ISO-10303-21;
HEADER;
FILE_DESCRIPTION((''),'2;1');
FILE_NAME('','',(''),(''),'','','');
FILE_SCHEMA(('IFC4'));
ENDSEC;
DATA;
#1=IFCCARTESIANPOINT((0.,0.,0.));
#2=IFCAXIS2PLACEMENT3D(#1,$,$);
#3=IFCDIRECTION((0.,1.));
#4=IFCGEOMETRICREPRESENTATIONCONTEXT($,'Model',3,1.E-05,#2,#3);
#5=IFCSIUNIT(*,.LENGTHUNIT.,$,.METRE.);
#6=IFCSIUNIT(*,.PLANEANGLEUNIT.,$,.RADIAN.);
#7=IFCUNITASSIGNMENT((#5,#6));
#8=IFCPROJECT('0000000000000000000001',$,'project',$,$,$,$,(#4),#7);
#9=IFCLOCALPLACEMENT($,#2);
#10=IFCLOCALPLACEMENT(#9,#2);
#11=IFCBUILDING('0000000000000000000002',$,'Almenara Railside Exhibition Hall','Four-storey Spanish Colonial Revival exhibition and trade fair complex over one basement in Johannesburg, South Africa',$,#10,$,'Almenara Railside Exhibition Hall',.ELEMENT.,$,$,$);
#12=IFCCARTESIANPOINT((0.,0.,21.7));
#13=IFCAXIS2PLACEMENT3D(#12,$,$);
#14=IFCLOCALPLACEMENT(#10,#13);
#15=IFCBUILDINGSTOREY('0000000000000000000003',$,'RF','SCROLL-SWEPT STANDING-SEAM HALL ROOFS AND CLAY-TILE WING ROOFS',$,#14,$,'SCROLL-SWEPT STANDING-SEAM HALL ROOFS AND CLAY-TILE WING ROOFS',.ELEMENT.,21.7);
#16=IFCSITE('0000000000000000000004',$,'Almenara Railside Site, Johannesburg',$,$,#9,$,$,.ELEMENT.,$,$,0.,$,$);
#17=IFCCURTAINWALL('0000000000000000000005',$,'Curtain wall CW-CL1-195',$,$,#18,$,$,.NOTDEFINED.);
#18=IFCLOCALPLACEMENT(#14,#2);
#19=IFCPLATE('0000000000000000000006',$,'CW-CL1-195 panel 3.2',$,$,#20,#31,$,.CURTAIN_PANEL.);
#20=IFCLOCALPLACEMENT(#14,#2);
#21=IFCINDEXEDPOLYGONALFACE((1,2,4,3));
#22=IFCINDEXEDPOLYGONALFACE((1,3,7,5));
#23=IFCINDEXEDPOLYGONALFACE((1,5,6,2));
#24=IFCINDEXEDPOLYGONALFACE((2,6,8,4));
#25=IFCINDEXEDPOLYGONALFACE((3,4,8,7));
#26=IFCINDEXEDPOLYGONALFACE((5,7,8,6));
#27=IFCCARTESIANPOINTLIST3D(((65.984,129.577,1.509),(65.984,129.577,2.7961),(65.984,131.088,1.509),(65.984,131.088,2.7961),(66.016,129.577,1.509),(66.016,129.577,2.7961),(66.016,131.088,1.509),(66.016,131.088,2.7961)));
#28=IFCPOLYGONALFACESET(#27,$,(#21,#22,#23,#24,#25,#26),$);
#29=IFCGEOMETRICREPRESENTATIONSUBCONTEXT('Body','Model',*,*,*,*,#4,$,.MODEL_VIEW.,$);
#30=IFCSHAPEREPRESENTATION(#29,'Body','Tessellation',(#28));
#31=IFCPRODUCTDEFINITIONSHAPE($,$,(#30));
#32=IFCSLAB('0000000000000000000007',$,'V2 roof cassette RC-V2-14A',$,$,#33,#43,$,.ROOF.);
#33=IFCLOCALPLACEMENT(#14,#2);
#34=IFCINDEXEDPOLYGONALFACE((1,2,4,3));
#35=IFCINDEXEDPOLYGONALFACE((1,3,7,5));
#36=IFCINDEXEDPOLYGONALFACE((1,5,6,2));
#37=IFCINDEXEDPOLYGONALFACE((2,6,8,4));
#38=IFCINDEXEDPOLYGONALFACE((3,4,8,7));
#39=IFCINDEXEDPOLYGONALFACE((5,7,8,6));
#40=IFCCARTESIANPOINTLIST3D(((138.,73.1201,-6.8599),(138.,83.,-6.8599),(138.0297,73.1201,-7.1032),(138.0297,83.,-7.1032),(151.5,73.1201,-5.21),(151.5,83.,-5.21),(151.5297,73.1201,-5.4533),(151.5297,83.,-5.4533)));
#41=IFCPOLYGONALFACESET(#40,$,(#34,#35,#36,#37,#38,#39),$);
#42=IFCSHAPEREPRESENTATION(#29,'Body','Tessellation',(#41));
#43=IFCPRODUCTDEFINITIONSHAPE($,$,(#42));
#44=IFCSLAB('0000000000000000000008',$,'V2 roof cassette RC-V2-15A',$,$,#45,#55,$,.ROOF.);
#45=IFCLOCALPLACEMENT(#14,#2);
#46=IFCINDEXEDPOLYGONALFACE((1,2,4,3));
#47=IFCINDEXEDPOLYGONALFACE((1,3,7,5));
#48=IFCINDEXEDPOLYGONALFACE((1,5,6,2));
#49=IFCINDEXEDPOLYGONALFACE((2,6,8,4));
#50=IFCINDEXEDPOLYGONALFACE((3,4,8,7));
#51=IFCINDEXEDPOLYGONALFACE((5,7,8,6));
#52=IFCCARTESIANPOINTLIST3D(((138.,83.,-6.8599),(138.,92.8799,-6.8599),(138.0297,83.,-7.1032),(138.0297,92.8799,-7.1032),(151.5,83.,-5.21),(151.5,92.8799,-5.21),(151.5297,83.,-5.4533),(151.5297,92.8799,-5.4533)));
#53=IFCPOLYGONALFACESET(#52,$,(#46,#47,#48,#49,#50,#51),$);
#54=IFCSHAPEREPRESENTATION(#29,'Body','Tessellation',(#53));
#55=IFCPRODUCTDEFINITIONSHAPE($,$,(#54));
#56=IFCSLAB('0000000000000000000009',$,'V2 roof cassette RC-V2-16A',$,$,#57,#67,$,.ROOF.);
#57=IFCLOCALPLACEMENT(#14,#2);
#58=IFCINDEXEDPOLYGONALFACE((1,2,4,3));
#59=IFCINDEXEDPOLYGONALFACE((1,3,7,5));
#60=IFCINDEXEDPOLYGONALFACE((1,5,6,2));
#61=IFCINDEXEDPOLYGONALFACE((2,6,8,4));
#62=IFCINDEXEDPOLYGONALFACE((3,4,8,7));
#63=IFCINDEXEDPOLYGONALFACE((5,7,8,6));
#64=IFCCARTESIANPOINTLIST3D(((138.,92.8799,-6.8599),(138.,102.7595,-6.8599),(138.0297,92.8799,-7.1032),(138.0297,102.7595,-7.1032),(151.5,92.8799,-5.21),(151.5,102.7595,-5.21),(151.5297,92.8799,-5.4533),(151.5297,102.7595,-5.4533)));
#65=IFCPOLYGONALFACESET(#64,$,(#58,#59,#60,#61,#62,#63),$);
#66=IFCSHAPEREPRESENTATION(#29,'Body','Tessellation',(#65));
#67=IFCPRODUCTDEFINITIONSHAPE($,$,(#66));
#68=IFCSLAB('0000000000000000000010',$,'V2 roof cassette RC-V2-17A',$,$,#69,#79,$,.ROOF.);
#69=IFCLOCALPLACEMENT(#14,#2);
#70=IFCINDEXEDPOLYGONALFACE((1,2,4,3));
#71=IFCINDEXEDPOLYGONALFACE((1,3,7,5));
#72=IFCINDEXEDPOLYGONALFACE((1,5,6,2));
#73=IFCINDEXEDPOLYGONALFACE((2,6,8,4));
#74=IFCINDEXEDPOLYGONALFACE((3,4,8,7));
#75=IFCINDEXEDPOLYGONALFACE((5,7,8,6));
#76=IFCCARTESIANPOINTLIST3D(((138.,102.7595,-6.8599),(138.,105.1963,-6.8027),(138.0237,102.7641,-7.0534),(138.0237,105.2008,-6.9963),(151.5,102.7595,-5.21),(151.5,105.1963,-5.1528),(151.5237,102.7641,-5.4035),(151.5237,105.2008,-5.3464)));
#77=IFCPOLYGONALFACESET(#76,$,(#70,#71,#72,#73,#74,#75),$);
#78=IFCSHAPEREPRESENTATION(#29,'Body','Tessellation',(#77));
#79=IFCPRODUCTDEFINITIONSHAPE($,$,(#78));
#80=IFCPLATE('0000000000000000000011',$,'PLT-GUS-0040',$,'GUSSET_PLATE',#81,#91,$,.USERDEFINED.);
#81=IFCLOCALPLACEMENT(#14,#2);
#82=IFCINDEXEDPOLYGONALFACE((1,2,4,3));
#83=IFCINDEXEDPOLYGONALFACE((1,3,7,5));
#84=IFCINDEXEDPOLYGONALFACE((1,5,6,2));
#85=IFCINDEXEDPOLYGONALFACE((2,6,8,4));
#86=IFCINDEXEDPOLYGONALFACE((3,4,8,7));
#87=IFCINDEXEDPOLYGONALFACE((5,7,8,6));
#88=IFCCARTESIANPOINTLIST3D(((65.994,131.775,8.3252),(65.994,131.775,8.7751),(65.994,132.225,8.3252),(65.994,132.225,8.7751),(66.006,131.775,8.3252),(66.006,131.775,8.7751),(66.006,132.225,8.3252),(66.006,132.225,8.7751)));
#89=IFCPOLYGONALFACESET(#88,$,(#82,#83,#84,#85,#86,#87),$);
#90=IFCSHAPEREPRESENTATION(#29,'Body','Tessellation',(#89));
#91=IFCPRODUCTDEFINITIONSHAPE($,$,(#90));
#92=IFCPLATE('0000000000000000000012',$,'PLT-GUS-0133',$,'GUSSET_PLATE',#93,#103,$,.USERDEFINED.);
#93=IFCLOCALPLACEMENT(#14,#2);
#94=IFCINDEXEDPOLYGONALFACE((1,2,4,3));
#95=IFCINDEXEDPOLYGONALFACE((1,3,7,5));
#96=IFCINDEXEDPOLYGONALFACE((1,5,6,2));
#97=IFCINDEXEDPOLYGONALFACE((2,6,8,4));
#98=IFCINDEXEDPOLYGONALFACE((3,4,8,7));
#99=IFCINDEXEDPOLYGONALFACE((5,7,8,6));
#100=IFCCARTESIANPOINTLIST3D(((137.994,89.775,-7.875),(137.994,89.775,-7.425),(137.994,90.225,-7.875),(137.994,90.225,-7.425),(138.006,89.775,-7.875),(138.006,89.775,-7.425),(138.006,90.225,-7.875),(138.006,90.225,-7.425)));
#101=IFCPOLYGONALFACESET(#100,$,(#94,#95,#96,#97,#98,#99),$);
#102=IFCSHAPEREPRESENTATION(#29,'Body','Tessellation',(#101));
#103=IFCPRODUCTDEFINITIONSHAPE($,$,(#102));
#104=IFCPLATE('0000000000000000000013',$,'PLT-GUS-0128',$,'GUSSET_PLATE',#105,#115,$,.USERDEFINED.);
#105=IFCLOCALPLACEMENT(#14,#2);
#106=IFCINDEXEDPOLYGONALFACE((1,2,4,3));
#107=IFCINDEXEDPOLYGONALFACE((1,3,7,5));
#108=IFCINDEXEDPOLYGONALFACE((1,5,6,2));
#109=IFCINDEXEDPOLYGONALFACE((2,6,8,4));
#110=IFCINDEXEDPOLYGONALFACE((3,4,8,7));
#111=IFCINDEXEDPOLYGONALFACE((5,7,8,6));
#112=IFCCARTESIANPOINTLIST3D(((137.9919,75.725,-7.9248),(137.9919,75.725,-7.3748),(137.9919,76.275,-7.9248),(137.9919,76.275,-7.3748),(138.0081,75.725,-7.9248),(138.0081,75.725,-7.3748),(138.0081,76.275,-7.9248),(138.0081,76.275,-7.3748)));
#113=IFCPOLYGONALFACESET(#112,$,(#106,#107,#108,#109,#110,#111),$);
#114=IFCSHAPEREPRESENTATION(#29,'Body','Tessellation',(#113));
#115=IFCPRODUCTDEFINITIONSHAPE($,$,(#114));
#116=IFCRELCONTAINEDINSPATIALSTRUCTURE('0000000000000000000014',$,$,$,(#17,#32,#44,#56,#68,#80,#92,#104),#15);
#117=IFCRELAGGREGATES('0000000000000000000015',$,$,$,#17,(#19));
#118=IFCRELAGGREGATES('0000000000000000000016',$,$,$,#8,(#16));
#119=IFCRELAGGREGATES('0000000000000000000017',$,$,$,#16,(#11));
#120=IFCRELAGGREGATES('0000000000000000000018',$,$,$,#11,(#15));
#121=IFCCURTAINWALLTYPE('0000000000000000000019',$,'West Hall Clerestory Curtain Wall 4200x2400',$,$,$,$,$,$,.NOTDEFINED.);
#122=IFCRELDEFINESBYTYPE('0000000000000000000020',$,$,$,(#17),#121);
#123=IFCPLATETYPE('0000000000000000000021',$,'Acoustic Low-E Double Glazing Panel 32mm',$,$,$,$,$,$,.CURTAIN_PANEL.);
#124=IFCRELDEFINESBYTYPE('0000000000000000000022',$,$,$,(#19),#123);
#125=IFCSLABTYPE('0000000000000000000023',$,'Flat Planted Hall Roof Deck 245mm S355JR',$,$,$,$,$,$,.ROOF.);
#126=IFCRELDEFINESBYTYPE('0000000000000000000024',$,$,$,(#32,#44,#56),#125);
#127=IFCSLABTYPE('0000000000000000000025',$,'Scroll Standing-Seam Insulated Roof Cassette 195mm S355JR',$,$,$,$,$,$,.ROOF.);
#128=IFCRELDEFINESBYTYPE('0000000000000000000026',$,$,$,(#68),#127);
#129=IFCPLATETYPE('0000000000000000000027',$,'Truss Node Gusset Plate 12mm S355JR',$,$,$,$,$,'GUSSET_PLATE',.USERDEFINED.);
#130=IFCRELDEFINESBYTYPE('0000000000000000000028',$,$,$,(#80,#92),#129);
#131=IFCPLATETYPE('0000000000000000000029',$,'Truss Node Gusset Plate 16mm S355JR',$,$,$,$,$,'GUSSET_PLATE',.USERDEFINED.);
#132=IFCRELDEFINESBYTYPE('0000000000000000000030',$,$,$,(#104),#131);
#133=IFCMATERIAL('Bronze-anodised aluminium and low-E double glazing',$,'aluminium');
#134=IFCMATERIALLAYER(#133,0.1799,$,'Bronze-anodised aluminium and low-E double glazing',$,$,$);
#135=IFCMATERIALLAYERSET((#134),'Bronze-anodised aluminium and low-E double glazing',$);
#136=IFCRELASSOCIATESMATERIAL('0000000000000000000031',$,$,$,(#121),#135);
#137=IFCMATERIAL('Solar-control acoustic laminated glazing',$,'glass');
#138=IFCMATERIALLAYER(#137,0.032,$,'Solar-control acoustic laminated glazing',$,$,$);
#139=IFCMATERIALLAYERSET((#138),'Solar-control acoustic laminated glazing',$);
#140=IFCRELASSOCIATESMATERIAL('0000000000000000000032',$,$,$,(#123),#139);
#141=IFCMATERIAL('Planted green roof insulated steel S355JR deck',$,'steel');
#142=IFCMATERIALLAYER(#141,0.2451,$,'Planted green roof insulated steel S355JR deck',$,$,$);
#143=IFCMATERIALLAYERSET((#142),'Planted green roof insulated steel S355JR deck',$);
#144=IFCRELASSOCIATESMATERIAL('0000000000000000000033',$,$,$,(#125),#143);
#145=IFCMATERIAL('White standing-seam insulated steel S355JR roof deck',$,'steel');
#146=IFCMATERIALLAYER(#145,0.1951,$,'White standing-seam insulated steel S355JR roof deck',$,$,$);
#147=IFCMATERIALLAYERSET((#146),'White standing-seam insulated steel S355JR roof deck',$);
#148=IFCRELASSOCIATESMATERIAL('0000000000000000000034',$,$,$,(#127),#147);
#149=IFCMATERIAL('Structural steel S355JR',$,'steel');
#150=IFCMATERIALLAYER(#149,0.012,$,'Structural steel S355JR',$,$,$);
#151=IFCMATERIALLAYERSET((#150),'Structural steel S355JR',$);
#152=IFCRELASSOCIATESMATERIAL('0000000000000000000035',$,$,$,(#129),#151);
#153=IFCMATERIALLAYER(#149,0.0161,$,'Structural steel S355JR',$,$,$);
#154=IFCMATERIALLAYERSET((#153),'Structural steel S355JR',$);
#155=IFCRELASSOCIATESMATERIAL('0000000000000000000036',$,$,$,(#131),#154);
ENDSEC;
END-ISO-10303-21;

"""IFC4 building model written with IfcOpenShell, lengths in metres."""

from ifc_helpers import new_model, si_unit, direction, frame, origin, origin_2d, place, context, subcontext, project, spatial, polyline, rectangle, outline, extrude, material, layer, layer_set, type_object, element, aggregate, save


model = new_model("IFC4")

# Units and contexts
model_context = context("Model", 3, precision=1e-05, world=origin(), true_north=direction((0.0, 1.0)))
body_context = subcontext(model_context, "Body", "Model", "MODEL_VIEW")
ifc_project = project(units=[si_unit("LENGTHUNIT", "METRE"), si_unit("PLANEANGLEUNIT", "RADIAN")], contexts=[model_context])

# Site, building, storey
site_placement = place(None, origin())
site = spatial("IfcSite", under=ifc_project, at=site_placement, Name="Almenara Railside Site, Johannesburg", CompositionType="ELEMENT", RefElevation=0.0)
building_placement = place(site_placement, origin())
building = spatial("IfcBuilding", under=site, at=building_placement, Name="Almenara Railside Exhibition Hall", Description="Four-storey Spanish Colonial Revival exhibition and trade fair complex over one basement in Johannesburg, South Africa", LongName="Almenara Railside Exhibition Hall", CompositionType="ELEMENT")
storey_placement = place(building_placement, frame((0.0, 0.0, 21.7)))
storey = spatial("IfcBuildingStorey", under=building, at=storey_placement, Name="RF", Description="SCROLL-SWEPT STANDING-SEAM HALL ROOFS AND CLAY-TILE WING ROOFS", LongName="SCROLL-SWEPT STANDING-SEAM HALL ROOFS AND CLAY-TILE WING ROOFS", CompositionType="ELEMENT", Elevation=21.7)

# Shared definitions
ifc_material_1 = material(Name="Structural steel S355JR", Category="steel")

# Curtain wall
ifc_material_2 = material(Name="Bronze-anodised aluminium and low-E double glazing", Category="aluminium")
ifc_layer_1 = layer(ifc_material_2, 0.1799, Name="Bronze-anodised aluminium and low-E double glazing")
ifc_layer_set_1 = layer_set([ifc_layer_1], Name="Bronze-anodised aluminium and low-E double glazing")
curtain_wall_type = type_object("IfcCurtainWallType", Name="West Hall Clerestory Curtain Wall 4200x2400", PredefinedType="NOTDEFINED", material=ifc_layer_set_1)
curtain_wall_placement = place(storey_placement, origin())
curtain_wall = element("IfcCurtainWall", 1, at=curtain_wall_placement, inside=storey, type_object=curtain_wall_type, Name="Curtain wall CW-CL1-195", PredefinedType="NOTDEFINED")

# Plate
ifc_material_3 = material(Name="Solar-control acoustic laminated glazing", Category="glass")
ifc_layer_2 = layer(ifc_material_3, 0.032, Name="Solar-control acoustic laminated glazing")
ifc_layer_set_2 = layer_set([ifc_layer_2], Name="Solar-control acoustic laminated glazing")
plate_type_1 = type_object("IfcPlateType", Name="Acoustic Low-E Double Glazing Panel 32mm", PredefinedType="CURTAIN_PANEL", material=ifc_layer_set_2)
plate_1_placement = place(storey_placement, frame((66.0, 130.3325, 1.509), z_axis=(0.0, 0.0, 1.0), x_axis=(0.0, 1.0, 0.0)))
plate_1 = element("IfcPlate", 2, at=plate_1_placement, type_object=plate_type_1, Name="CW-CL1-195 panel 3.2", PredefinedType="CURTAIN_PANEL", context=body_context, shape_type="SweptSolid", body=[
    extrude(rectangle(XDim=1.511, YDim=0.032, at=origin_2d()), origin(), (0.0, 0.0, 1.0), 1.2871),
])
aggregate(curtain_wall, [plate_1])

# Slabs
ifc_material_4 = material(Name="Planted green roof insulated steel S355JR deck", Category="steel")
ifc_layer_3 = layer(ifc_material_4, 0.2451, Name="Planted green roof insulated steel S355JR deck")
ifc_layer_set_3 = layer_set([ifc_layer_3], Name="Planted green roof insulated steel S355JR deck")
slab_type_1 = type_object("IfcSlabType", Name="Flat Planted Hall Roof Deck 245mm S355JR", PredefinedType="ROOF", material=ifc_layer_set_3)
for number, where, z_axis, x_axis, name in (
    (3, (138.0, 73.1201, -6.8599), (-0.121312, 0.0, 0.992614), (0.992614, 0.0, 0.121312), "V2 roof cassette RC-V2-14A"),
    (4, (138.0, 83.0, -6.8599), (-0.121312, 0.0, 0.992614), (0.992614, 0.0, 0.121312), "V2 roof cassette RC-V2-15A"),
):
    element("IfcSlab", number, at=place(storey_placement, frame(where, z_axis=z_axis, x_axis=x_axis)), inside=storey, type_object=slab_type_1, Name=name, PredefinedType="ROOF", context=body_context, shape_type="SweptSolid", body=[
        extrude(outline(polyline([(0.0, 0.0), (13.6004, 0.0), (13.6004, 9.8799), (0.0, 9.8799), (0.0, 0.0)])), origin(), (0.0, 0.0, -1.0), 0.2451),
    ])
slab_1_placement = place(storey_placement, frame((138.0, 92.8799, -6.8599), z_axis=(-0.121312, 0.0, 0.992614), x_axis=(0.992614, 0.0, 0.121312)))
element("IfcSlab", 5, at=slab_1_placement, inside=storey, type_object=slab_type_1, Name="V2 roof cassette RC-V2-16A", PredefinedType="ROOF", context=body_context, shape_type="SweptSolid", body=[
    extrude(outline(polyline([(0.0, 0.0), (13.6004, 0.0), (13.6004, 9.8796), (0.0, 9.8796), (0.0, 0.0)])), origin(), (0.0, 0.0, -1.0), 0.2451),
])
ifc_material_5 = material(Name="White standing-seam insulated steel S355JR roof deck", Category="steel")
ifc_layer_4 = layer(ifc_material_5, 0.1951, Name="White standing-seam insulated steel S355JR roof deck")
ifc_layer_set_4 = layer_set([ifc_layer_4], Name="White standing-seam insulated steel S355JR roof deck")
slab_type_2 = type_object("IfcSlabType", Name="Scroll Standing-Seam Insulated Roof Cassette 195mm S355JR", PredefinedType="ROOF", material=ifc_layer_set_4)
slab_2_placement = place(storey_placement, frame((138.0, 102.7595, -6.8599), z_axis=(-0.12128, -0.023265, 0.992346), x_axis=(0.992614, 0.0, 0.121312)))
element("IfcSlab", 6, at=slab_2_placement, inside=storey, type_object=slab_type_2, Name="V2 roof cassette RC-V2-17A", PredefinedType="ROOF", context=body_context, shape_type="SweptSolid", body=[
    extrude(outline(polyline([(0.0, 0.0), (13.6004, 0.0), (13.6074, 2.4374), (0.0069, 2.4374), (0.0, 0.0)])), origin(), (0.0, 0.0, -1.0), 0.1951),
])

# Plates
ifc_layer_5 = layer(ifc_material_1, 0.012, Name="Structural steel S355JR")
ifc_layer_set_5 = layer_set([ifc_layer_5], Name="Structural steel S355JR")
plate_type_2 = type_object("IfcPlateType", Name="Truss Node Gusset Plate 12mm S355JR", ElementType="GUSSET_PLATE", PredefinedType="USERDEFINED", material=ifc_layer_set_5)
for number, where, z_axis, x_axis, name in (
    (7, (66.0, 132.0, 8.3252), (0.0, 0.0, 1.0), (0.0, 1.0, 0.0), "PLT-GUS-0040"),
    (8, (138.0, 90.0, -7.875), (0.0, 0.0, 1.0), (0.0, 1.0, 0.0), "PLT-GUS-0133"),
):
    element("IfcPlate", number, at=place(storey_placement, frame(where, z_axis=z_axis, x_axis=x_axis)), inside=storey, type_object=plate_type_2, Name=name, ObjectType="GUSSET_PLATE", PredefinedType="USERDEFINED", context=body_context, shape_type="SweptSolid", body=[
        extrude(rectangle(XDim=0.45, YDim=0.012, at=origin_2d()), origin(), (0.0, 0.0, 1.0), 0.45),
    ])
ifc_layer_6 = layer(ifc_material_1, 0.0161, Name="Structural steel S355JR")
ifc_layer_set_6 = layer_set([ifc_layer_6], Name="Structural steel S355JR")
plate_type_3 = type_object("IfcPlateType", Name="Truss Node Gusset Plate 16mm S355JR", ElementType="GUSSET_PLATE", PredefinedType="USERDEFINED", material=ifc_layer_set_6)
plate_2_placement = place(storey_placement, frame((138.0, 76.0, -7.9248), z_axis=(0.0, 0.0, 1.0), x_axis=(0.0, 1.0, 0.0)))
element("IfcPlate", 9, at=plate_2_placement, inside=storey, type_object=plate_type_3, Name="PLT-GUS-0128", ObjectType="GUSSET_PLATE", PredefinedType="USERDEFINED", context=body_context, shape_type="SweptSolid", body=[
    extrude(rectangle(XDim=0.55, YDim=0.0161, at=origin_2d()), origin(), (0.0, 0.0, 1.0), 0.55),
])

save(model, "model.ifc")
